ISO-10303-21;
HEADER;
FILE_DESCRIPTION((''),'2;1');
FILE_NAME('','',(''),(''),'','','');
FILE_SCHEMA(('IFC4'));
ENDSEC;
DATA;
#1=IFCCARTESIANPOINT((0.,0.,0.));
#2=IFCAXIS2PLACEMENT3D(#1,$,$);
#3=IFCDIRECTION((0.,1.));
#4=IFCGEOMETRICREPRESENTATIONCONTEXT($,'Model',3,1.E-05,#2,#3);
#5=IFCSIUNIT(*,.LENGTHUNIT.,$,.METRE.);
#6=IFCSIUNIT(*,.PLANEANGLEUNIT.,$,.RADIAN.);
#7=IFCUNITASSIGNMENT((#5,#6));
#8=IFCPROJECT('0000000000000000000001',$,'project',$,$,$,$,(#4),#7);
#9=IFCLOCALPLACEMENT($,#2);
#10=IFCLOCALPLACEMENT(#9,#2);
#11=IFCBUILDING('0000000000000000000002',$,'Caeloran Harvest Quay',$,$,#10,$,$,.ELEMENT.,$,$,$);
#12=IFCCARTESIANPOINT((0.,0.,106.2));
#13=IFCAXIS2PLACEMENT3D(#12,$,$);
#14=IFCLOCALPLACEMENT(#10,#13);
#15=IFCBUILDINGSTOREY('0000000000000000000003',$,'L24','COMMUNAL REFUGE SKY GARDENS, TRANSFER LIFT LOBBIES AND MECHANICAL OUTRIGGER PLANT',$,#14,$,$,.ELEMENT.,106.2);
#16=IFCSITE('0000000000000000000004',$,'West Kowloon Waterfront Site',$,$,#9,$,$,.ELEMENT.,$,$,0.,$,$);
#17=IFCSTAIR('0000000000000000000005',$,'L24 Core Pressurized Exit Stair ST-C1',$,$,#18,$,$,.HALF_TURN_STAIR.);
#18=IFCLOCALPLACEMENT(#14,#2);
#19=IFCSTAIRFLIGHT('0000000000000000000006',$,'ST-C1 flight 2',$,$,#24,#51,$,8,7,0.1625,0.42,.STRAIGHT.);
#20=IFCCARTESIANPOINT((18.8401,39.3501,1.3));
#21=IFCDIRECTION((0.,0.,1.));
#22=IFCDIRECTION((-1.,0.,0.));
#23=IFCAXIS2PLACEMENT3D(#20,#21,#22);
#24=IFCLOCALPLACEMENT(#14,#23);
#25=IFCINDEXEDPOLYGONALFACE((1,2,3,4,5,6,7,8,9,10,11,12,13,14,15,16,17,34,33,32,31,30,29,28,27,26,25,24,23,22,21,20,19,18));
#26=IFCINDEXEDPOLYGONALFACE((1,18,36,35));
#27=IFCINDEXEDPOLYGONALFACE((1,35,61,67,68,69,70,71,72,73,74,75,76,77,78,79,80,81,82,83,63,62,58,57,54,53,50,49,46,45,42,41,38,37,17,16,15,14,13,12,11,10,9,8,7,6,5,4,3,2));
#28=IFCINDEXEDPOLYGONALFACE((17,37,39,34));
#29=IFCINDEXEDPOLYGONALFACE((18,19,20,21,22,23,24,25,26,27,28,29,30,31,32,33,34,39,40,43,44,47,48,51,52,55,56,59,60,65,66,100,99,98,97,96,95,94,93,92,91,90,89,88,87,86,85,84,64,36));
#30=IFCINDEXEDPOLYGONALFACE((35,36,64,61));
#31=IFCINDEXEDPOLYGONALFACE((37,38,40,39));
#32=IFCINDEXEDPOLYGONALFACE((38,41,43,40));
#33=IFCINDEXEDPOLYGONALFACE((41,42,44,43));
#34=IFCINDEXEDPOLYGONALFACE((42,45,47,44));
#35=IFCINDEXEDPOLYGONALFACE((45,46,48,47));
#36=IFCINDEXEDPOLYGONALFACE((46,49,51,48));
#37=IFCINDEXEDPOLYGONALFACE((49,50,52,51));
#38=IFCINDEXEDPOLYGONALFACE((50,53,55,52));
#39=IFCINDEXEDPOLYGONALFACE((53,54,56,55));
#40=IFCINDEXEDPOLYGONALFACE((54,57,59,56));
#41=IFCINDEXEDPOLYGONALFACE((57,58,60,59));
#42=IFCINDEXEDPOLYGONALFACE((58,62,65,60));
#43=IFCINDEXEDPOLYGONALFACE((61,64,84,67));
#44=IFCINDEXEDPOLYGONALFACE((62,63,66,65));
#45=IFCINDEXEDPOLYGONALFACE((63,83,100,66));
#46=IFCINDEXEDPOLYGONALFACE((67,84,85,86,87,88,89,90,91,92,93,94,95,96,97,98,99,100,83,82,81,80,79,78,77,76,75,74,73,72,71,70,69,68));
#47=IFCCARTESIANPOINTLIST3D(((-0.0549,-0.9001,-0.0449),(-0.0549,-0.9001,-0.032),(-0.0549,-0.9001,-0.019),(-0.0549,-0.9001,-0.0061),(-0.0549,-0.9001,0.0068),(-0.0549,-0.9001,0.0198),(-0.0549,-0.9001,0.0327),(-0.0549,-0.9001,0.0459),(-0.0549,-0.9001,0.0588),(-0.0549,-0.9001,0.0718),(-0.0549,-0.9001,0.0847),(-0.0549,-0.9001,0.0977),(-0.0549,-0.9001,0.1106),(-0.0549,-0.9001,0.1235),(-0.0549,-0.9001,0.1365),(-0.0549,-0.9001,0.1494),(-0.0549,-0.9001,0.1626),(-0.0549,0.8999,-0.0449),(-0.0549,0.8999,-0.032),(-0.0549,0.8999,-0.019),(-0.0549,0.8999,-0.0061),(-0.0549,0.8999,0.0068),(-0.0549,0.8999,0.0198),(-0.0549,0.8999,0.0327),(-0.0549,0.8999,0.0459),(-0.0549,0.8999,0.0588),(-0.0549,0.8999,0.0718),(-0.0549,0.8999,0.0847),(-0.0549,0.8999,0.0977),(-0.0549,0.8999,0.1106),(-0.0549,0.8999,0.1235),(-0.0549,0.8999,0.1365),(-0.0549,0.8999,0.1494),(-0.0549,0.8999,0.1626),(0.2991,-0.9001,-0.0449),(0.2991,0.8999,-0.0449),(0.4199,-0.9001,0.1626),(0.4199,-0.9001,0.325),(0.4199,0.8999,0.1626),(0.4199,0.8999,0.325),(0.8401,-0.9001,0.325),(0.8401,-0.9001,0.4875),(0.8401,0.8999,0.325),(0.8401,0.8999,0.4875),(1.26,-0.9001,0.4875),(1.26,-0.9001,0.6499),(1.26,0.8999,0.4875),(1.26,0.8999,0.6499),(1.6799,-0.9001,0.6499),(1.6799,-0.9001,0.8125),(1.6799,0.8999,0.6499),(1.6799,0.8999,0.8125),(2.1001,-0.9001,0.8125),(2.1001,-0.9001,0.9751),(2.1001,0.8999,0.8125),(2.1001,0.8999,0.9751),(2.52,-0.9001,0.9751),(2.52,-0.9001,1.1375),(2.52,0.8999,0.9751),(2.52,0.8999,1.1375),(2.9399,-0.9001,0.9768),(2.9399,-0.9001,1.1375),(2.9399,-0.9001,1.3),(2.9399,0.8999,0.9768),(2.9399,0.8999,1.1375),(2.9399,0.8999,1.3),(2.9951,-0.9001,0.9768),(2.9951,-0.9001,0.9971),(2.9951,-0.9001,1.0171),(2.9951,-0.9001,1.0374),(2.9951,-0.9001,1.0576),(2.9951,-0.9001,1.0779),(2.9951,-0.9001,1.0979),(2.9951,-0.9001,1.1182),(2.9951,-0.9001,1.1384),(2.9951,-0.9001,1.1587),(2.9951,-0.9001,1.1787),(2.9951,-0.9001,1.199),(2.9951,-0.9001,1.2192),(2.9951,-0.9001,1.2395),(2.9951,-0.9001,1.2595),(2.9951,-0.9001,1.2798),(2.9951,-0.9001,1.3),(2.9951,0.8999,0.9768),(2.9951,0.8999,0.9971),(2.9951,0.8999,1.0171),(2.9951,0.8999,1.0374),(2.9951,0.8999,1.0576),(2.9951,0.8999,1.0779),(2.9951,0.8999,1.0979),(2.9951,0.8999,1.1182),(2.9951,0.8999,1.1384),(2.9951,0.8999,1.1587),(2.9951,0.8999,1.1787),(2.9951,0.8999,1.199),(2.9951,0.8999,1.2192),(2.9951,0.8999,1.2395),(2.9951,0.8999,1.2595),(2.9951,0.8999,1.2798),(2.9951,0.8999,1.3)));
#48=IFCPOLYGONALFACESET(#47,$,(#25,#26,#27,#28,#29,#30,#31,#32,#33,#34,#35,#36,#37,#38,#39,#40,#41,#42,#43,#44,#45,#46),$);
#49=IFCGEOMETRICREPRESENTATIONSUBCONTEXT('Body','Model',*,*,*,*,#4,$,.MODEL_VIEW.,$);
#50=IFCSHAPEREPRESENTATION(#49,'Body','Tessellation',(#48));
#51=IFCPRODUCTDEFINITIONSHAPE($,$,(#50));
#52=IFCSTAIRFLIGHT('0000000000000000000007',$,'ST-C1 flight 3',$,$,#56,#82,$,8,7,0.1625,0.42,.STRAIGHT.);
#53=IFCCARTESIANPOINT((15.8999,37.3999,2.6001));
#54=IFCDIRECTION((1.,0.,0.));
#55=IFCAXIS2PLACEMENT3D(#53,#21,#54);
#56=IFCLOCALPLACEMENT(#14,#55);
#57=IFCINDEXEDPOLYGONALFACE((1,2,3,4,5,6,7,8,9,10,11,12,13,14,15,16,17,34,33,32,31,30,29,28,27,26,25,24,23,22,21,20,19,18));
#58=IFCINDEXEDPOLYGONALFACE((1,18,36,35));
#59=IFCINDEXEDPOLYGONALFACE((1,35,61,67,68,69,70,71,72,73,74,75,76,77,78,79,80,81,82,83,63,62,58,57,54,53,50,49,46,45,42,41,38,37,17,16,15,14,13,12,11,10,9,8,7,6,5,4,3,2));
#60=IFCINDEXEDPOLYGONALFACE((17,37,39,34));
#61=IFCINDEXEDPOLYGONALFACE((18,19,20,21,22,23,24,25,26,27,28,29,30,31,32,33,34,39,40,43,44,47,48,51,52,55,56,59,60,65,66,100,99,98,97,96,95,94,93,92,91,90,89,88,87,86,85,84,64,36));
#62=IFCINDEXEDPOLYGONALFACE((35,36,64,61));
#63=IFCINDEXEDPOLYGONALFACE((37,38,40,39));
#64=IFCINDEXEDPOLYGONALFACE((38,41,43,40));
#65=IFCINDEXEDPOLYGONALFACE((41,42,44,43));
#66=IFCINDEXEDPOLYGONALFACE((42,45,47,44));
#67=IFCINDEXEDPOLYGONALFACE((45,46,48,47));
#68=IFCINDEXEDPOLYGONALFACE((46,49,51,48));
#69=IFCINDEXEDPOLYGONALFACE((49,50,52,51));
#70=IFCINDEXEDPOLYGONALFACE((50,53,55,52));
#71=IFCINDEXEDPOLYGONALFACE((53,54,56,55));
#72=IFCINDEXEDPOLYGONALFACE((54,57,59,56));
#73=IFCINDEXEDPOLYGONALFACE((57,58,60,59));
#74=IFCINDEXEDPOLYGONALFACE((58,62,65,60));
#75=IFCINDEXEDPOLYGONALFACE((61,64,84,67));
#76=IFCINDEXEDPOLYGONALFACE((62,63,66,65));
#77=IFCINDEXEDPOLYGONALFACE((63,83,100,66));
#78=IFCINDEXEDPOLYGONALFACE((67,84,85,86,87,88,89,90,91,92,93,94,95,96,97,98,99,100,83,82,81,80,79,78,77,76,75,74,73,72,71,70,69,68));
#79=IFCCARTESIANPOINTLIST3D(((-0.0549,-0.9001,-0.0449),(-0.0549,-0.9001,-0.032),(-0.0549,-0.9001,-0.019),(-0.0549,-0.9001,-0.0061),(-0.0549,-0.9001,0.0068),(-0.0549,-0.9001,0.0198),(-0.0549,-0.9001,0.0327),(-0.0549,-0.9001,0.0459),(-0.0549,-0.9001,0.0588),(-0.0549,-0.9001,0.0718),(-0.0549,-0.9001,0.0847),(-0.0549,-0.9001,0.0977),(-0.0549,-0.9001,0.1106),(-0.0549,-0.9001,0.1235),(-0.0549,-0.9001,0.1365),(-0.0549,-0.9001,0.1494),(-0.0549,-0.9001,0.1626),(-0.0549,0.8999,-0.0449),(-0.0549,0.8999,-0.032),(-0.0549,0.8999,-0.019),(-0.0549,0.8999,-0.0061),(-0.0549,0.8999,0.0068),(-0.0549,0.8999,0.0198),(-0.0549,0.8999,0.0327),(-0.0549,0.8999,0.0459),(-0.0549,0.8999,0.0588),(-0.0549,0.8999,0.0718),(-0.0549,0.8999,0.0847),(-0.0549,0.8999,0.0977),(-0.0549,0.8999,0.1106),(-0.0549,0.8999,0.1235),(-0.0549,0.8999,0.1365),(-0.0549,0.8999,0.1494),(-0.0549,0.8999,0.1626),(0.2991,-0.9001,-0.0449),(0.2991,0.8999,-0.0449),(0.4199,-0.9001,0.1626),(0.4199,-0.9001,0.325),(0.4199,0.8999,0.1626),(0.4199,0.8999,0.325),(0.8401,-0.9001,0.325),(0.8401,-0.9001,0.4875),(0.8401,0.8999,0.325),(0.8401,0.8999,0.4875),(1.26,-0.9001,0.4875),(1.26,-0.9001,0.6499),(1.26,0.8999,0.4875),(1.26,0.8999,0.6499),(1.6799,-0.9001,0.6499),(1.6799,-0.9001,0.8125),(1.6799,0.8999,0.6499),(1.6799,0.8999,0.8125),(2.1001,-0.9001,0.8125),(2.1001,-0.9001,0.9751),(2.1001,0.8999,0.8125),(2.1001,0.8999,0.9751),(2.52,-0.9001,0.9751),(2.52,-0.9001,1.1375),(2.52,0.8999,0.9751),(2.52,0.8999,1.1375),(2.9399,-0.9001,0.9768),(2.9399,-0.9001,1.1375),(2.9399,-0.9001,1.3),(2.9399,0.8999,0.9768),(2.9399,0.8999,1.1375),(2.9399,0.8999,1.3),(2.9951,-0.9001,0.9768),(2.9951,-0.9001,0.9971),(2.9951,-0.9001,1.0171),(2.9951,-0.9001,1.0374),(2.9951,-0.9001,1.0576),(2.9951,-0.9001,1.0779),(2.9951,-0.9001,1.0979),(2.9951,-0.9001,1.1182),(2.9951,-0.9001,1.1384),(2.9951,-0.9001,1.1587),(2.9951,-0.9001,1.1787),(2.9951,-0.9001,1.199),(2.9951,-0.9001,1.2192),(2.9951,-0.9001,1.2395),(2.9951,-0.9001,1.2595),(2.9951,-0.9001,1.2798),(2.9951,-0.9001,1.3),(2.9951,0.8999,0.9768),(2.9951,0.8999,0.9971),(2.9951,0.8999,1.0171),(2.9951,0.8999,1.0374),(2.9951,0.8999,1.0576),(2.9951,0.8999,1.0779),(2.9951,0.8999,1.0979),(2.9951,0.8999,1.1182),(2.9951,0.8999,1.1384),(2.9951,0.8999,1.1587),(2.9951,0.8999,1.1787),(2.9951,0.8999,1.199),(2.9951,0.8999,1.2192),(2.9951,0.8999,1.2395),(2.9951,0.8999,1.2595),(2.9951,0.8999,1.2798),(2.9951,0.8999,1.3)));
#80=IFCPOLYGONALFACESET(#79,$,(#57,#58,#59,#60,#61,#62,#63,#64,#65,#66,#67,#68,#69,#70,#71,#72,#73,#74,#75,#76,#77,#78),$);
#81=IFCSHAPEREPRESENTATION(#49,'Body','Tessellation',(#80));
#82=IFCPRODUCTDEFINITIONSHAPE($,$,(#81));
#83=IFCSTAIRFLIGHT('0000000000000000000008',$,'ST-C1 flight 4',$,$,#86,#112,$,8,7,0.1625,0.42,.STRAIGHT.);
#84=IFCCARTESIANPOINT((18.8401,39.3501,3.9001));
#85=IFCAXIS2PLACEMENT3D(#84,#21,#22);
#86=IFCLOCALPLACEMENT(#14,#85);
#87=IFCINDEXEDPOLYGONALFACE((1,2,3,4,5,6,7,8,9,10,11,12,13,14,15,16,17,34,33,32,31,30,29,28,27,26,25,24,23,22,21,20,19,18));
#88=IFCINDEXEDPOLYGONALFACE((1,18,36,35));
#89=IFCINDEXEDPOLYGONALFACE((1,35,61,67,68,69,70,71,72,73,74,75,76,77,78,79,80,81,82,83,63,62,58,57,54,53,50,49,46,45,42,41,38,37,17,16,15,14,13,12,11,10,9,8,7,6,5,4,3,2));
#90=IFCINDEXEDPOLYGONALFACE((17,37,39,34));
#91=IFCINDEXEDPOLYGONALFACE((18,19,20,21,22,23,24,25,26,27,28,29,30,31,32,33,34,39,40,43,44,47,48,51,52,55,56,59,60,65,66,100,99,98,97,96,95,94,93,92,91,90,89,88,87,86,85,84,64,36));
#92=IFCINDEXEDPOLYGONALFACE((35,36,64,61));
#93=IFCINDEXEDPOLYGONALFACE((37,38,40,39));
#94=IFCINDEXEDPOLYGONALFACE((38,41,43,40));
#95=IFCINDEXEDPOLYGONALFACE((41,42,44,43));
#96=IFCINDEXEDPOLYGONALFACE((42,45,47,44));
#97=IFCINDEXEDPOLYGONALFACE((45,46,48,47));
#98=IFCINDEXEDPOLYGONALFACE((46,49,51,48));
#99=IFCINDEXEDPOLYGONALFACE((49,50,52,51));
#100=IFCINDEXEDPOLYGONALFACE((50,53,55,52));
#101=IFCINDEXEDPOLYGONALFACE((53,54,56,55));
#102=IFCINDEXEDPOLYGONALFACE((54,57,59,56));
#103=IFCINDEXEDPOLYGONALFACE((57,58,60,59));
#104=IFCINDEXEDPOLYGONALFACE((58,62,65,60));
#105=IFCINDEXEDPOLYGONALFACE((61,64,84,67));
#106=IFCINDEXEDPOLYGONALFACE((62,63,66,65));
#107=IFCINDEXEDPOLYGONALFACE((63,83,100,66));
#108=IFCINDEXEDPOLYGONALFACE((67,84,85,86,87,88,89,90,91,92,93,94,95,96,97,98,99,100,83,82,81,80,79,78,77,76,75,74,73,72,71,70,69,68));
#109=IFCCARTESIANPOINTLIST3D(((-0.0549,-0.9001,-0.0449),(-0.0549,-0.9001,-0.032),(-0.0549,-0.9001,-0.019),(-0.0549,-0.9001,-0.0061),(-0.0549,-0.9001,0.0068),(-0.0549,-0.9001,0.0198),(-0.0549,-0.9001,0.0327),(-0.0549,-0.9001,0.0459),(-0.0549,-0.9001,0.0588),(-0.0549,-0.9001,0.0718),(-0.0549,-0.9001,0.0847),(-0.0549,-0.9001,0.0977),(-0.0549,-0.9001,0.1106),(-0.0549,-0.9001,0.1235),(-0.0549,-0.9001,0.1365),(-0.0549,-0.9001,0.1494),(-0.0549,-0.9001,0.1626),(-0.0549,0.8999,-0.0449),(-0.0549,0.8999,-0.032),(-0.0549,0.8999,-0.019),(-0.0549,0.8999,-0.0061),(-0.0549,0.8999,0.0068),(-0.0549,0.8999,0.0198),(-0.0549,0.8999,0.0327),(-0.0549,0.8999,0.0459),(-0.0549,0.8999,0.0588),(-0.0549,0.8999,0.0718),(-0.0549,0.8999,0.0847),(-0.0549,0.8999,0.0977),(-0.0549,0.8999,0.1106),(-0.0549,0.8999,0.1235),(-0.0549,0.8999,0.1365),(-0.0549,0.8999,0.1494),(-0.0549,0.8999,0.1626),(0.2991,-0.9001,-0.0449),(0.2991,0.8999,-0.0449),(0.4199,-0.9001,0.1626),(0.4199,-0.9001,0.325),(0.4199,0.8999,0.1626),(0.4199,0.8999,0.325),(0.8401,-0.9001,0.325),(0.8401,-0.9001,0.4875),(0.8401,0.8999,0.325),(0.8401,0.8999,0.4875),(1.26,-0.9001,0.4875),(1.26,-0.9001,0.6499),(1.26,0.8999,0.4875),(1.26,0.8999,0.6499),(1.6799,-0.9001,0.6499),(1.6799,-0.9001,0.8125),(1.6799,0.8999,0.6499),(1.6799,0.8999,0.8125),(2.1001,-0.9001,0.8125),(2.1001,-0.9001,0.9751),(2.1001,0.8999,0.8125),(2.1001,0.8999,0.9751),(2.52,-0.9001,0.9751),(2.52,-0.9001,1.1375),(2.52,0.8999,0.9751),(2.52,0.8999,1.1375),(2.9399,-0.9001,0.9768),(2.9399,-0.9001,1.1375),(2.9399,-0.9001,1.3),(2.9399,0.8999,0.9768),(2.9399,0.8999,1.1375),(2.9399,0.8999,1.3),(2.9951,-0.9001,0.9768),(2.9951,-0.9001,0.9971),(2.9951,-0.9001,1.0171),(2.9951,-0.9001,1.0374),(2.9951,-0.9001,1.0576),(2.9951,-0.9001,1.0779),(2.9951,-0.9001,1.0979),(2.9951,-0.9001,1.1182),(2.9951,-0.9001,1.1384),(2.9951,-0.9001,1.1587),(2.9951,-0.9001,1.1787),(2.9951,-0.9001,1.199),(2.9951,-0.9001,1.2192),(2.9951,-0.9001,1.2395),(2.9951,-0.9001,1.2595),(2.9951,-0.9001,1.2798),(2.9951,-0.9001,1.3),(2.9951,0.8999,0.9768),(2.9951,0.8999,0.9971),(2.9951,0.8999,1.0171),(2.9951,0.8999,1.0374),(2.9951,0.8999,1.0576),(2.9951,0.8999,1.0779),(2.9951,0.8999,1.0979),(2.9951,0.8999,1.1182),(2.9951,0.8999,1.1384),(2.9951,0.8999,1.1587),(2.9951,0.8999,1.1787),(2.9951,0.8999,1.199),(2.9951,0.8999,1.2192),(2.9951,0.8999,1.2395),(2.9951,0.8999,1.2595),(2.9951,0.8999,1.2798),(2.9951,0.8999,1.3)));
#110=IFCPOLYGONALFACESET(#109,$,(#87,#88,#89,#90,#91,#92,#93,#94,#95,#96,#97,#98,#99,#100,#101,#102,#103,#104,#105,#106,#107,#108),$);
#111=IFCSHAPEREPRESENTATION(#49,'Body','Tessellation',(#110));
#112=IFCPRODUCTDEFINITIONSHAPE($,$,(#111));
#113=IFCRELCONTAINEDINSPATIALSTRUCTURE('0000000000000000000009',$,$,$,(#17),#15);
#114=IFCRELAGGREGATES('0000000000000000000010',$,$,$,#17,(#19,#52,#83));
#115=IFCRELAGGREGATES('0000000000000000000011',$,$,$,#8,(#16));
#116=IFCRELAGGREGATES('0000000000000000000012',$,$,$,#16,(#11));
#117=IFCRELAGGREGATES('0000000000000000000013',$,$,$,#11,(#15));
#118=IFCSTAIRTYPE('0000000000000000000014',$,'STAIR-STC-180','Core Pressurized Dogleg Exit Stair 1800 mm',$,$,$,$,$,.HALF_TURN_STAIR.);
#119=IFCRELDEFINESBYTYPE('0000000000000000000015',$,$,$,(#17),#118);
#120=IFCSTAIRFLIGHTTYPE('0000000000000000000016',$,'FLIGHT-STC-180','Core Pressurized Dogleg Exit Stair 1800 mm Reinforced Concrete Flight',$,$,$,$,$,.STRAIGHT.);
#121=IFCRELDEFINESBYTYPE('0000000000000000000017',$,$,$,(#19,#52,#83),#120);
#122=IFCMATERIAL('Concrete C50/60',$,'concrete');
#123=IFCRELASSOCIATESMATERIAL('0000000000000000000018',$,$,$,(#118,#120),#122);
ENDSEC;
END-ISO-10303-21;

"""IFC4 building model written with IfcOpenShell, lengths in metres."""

from ifc_helpers import new_model, si_unit, direction, frame, origin, place, context, subcontext, project, spatial, polyline, outline, extrude, material, type_object, element, aggregate, save


model = new_model("IFC4")

# Units and contexts
model_context = context("Model", 3, precision=1e-05, world=origin(), true_north=direction((0.0, 1.0)))
body_context = subcontext(model_context, "Body", "Model", "MODEL_VIEW")
ifc_project = project(units=[si_unit("LENGTHUNIT", "METRE"), si_unit("PLANEANGLEUNIT", "RADIAN")], contexts=[model_context])

# Site, building, storey
site_placement = place(None, origin())
site = spatial("IfcSite", under=ifc_project, at=site_placement, Name="West Kowloon Waterfront Site", CompositionType="ELEMENT", RefElevation=0.0)
building_placement = place(site_placement, origin())
building = spatial("IfcBuilding", under=site, at=building_placement, Name="Caeloran Harvest Quay", CompositionType="ELEMENT")
storey_placement = place(building_placement, frame((0.0, 0.0, 106.2)))
storey = spatial("IfcBuildingStorey", under=building, at=storey_placement, Name="L24", Description="COMMUNAL REFUGE SKY GARDENS, TRANSFER LIFT LOBBIES AND MECHANICAL OUTRIGGER PLANT", CompositionType="ELEMENT", Elevation=106.2)

# Shared definitions
ifc_material_1 = material(Name="Concrete C50/60", Category="concrete")

# Stair, stair flights
stair_type = type_object("IfcStairType", Name="STAIR-STC-180", Description="Core Pressurized Dogleg Exit Stair 1800 mm", PredefinedType="HALF_TURN_STAIR", material=ifc_material_1)
stair_1_placement = place(storey_placement, origin())
stair_1 = element("IfcStair", 1, at=stair_1_placement, inside=storey, type_object=stair_type, Name="L24 Core Pressurized Exit Stair ST-C1", PredefinedType="HALF_TURN_STAIR")
stair_flight_type = type_object("IfcStairFlightType", Name="FLIGHT-STC-180", Description="Core Pressurized Dogleg Exit Stair 1800 mm Reinforced Concrete Flight", PredefinedType="STRAIGHT", material=ifc_material_1)
stair_flight_1_placement = place(storey_placement, frame((18.8401, 39.3501, 1.3), z_axis=(0.0, 0.0, 1.0), x_axis=(-1.0, 0.0, 0.0)))
stair_flight_1 = element("IfcStairFlight", 2, at=stair_flight_1_placement, type_object=stair_flight_type, Name="ST-C1 flight 2", NumberOfRisers=8, NumberOfTreads=7, PredefinedType="STRAIGHT", RiserHeight=0.1625, TreadLength=0.42, context=body_context, shape_type="SweptSolid", body=[
    extrude(outline(polyline([(-0.0549, -0.0449), (-0.0549, -0.032), (-0.0549, -0.019), (-0.0549, -0.0061), (-0.0549, 0.0068), (-0.0549, 0.0198), (-0.0549, 0.0327), (-0.0549, 0.0459), (-0.0549, 0.0588), (-0.0549, 0.0718), (-0.0549, 0.0847), (-0.0549, 0.0977), (-0.0549, 0.1106), (-0.0549, 0.1235), (-0.0549, 0.1365), (-0.0549, 0.1494), (-0.0549, 0.1626), (0.4199, 0.1626), (0.4199, 0.325), (0.8401, 0.325), (0.8401, 0.4875), (1.26, 0.4875), (1.26, 0.6499), (1.6799, 0.6499), (1.6799, 0.8125), (2.1001, 0.8125), (2.1001, 0.9751), (2.52, 0.9751), (2.52, 1.1375), (2.9399, 1.1375), (2.9399, 1.3), (2.9951, 1.3), (2.9951, 1.2798), (2.9951, 1.2595), (2.9951, 1.2395), (2.9951, 1.2192), (2.9951, 1.199), (2.9951, 1.1787), (2.9951, 1.1587), (2.9951, 1.1384), (2.9951, 1.1182), (2.9951, 1.0979), (2.9951, 1.0779), (2.9951, 1.0576), (2.9951, 1.0374), (2.9951, 1.0171), (2.9951, 0.9971), (2.9951, 0.9768), (2.9399, 0.9768), (0.2991, -0.0449), (-0.0549, -0.0449)])), frame((0.0, 0.8999, 0.0), z_axis=(0.0, -1.0, 0.0), x_axis=(1.0, 0.0, 0.0)), (0.0, 0.0, 1.0), 1.8),
])
stair_flight_2_placement = place(storey_placement, frame((15.8999, 37.3999, 2.6001), z_axis=(0.0, 0.0, 1.0), x_axis=(1.0, 0.0, 0.0)))
stair_flight_2 = element("IfcStairFlight", 3, at=stair_flight_2_placement, type_object=stair_flight_type, Name="ST-C1 flight 3", NumberOfRisers=8, NumberOfTreads=7, PredefinedType="STRAIGHT", RiserHeight=0.1625, TreadLength=0.42, context=body_context, shape_type="SweptSolid", body=[
    extrude(outline(polyline([(-0.0549, -0.0449), (-0.0549, -0.032), (-0.0549, -0.019), (-0.0549, -0.0061), (-0.0549, 0.0068), (-0.0549, 0.0198), (-0.0549, 0.0327), (-0.0549, 0.0459), (-0.0549, 0.0588), (-0.0549, 0.0718), (-0.0549, 0.0847), (-0.0549, 0.0977), (-0.0549, 0.1106), (-0.0549, 0.1235), (-0.0549, 0.1365), (-0.0549, 0.1494), (-0.0549, 0.1626), (0.4199, 0.1626), (0.4199, 0.325), (0.8401, 0.325), (0.8401, 0.4875), (1.26, 0.4875), (1.26, 0.6499), (1.6799, 0.6499), (1.6799, 0.8125), (2.1001, 0.8125), (2.1001, 0.9751), (2.52, 0.9751), (2.52, 1.1375), (2.9399, 1.1375), (2.9399, 1.3), (2.9951, 1.3), (2.9951, 1.2798), (2.9951, 1.2595), (2.9951, 1.2395), (2.9951, 1.2192), (2.9951, 1.199), (2.9951, 1.1787), (2.9951, 1.1587), (2.9951, 1.1384), (2.9951, 1.1182), (2.9951, 1.0979), (2.9951, 1.0779), (2.9951, 1.0576), (2.9951, 1.0374), (2.9951, 1.0171), (2.9951, 0.9971), (2.9951, 0.9768), (2.9399, 0.9768), (0.2991, -0.0449), (-0.0549, -0.0449)])), frame((0.0, 0.8999, 0.0), z_axis=(0.0, -1.0, 0.0), x_axis=(1.0, 0.0, 0.0)), (0.0, 0.0, 1.0), 1.8),
])
stair_flight_3_placement = place(storey_placement, frame((18.8401, 39.3501, 3.9001), z_axis=(0.0, 0.0, 1.0), x_axis=(-1.0, 0.0, 0.0)))
stair_flight_3 = element("IfcStairFlight", 4, at=stair_flight_3_placement, type_object=stair_flight_type, Name="ST-C1 flight 4", NumberOfRisers=8, NumberOfTreads=7, PredefinedType="STRAIGHT", RiserHeight=0.1625, TreadLength=0.42, context=body_context, shape_type="SweptSolid", body=[
    extrude(outline(polyline([(-0.0549, -0.0449), (-0.0549, -0.032), (-0.0549, -0.019), (-0.0549, -0.0061), (-0.0549, 0.0068), (-0.0549, 0.0198), (-0.0549, 0.0327), (-0.0549, 0.0459), (-0.0549, 0.0588), (-0.0549, 0.0718), (-0.0549, 0.0847), (-0.0549, 0.0977), (-0.0549, 0.1106), (-0.0549, 0.1235), (-0.0549, 0.1365), (-0.0549, 0.1494), (-0.0549, 0.1626), (0.4199, 0.1626), (0.4199, 0.325), (0.8401, 0.325), (0.8401, 0.4875), (1.26, 0.4875), (1.26, 0.6499), (1.6799, 0.6499), (1.6799, 0.8125), (2.1001, 0.8125), (2.1001, 0.9751), (2.52, 0.9751), (2.52, 1.1375), (2.9399, 1.1375), (2.9399, 1.3), (2.9951, 1.3), (2.9951, 1.2798), (2.9951, 1.2595), (2.9951, 1.2395), (2.9951, 1.2192), (2.9951, 1.199), (2.9951, 1.1787), (2.9951, 1.1587), (2.9951, 1.1384), (2.9951, 1.1182), (2.9951, 1.0979), (2.9951, 1.0779), (2.9951, 1.0576), (2.9951, 1.0374), (2.9951, 1.0171), (2.9951, 0.9971), (2.9951, 0.9768), (2.9399, 0.9768), (0.2991, -0.0449), (-0.0549, -0.0449)])), frame((0.0, 0.8999, 0.0), z_axis=(0.0, -1.0, 0.0), x_axis=(1.0, 0.0, 0.0)), (0.0, 0.0, 1.0), 1.8),
])
aggregate(stair_1, [stair_flight_1, stair_flight_2, stair_flight_3])

save(model, "model.ifc")
